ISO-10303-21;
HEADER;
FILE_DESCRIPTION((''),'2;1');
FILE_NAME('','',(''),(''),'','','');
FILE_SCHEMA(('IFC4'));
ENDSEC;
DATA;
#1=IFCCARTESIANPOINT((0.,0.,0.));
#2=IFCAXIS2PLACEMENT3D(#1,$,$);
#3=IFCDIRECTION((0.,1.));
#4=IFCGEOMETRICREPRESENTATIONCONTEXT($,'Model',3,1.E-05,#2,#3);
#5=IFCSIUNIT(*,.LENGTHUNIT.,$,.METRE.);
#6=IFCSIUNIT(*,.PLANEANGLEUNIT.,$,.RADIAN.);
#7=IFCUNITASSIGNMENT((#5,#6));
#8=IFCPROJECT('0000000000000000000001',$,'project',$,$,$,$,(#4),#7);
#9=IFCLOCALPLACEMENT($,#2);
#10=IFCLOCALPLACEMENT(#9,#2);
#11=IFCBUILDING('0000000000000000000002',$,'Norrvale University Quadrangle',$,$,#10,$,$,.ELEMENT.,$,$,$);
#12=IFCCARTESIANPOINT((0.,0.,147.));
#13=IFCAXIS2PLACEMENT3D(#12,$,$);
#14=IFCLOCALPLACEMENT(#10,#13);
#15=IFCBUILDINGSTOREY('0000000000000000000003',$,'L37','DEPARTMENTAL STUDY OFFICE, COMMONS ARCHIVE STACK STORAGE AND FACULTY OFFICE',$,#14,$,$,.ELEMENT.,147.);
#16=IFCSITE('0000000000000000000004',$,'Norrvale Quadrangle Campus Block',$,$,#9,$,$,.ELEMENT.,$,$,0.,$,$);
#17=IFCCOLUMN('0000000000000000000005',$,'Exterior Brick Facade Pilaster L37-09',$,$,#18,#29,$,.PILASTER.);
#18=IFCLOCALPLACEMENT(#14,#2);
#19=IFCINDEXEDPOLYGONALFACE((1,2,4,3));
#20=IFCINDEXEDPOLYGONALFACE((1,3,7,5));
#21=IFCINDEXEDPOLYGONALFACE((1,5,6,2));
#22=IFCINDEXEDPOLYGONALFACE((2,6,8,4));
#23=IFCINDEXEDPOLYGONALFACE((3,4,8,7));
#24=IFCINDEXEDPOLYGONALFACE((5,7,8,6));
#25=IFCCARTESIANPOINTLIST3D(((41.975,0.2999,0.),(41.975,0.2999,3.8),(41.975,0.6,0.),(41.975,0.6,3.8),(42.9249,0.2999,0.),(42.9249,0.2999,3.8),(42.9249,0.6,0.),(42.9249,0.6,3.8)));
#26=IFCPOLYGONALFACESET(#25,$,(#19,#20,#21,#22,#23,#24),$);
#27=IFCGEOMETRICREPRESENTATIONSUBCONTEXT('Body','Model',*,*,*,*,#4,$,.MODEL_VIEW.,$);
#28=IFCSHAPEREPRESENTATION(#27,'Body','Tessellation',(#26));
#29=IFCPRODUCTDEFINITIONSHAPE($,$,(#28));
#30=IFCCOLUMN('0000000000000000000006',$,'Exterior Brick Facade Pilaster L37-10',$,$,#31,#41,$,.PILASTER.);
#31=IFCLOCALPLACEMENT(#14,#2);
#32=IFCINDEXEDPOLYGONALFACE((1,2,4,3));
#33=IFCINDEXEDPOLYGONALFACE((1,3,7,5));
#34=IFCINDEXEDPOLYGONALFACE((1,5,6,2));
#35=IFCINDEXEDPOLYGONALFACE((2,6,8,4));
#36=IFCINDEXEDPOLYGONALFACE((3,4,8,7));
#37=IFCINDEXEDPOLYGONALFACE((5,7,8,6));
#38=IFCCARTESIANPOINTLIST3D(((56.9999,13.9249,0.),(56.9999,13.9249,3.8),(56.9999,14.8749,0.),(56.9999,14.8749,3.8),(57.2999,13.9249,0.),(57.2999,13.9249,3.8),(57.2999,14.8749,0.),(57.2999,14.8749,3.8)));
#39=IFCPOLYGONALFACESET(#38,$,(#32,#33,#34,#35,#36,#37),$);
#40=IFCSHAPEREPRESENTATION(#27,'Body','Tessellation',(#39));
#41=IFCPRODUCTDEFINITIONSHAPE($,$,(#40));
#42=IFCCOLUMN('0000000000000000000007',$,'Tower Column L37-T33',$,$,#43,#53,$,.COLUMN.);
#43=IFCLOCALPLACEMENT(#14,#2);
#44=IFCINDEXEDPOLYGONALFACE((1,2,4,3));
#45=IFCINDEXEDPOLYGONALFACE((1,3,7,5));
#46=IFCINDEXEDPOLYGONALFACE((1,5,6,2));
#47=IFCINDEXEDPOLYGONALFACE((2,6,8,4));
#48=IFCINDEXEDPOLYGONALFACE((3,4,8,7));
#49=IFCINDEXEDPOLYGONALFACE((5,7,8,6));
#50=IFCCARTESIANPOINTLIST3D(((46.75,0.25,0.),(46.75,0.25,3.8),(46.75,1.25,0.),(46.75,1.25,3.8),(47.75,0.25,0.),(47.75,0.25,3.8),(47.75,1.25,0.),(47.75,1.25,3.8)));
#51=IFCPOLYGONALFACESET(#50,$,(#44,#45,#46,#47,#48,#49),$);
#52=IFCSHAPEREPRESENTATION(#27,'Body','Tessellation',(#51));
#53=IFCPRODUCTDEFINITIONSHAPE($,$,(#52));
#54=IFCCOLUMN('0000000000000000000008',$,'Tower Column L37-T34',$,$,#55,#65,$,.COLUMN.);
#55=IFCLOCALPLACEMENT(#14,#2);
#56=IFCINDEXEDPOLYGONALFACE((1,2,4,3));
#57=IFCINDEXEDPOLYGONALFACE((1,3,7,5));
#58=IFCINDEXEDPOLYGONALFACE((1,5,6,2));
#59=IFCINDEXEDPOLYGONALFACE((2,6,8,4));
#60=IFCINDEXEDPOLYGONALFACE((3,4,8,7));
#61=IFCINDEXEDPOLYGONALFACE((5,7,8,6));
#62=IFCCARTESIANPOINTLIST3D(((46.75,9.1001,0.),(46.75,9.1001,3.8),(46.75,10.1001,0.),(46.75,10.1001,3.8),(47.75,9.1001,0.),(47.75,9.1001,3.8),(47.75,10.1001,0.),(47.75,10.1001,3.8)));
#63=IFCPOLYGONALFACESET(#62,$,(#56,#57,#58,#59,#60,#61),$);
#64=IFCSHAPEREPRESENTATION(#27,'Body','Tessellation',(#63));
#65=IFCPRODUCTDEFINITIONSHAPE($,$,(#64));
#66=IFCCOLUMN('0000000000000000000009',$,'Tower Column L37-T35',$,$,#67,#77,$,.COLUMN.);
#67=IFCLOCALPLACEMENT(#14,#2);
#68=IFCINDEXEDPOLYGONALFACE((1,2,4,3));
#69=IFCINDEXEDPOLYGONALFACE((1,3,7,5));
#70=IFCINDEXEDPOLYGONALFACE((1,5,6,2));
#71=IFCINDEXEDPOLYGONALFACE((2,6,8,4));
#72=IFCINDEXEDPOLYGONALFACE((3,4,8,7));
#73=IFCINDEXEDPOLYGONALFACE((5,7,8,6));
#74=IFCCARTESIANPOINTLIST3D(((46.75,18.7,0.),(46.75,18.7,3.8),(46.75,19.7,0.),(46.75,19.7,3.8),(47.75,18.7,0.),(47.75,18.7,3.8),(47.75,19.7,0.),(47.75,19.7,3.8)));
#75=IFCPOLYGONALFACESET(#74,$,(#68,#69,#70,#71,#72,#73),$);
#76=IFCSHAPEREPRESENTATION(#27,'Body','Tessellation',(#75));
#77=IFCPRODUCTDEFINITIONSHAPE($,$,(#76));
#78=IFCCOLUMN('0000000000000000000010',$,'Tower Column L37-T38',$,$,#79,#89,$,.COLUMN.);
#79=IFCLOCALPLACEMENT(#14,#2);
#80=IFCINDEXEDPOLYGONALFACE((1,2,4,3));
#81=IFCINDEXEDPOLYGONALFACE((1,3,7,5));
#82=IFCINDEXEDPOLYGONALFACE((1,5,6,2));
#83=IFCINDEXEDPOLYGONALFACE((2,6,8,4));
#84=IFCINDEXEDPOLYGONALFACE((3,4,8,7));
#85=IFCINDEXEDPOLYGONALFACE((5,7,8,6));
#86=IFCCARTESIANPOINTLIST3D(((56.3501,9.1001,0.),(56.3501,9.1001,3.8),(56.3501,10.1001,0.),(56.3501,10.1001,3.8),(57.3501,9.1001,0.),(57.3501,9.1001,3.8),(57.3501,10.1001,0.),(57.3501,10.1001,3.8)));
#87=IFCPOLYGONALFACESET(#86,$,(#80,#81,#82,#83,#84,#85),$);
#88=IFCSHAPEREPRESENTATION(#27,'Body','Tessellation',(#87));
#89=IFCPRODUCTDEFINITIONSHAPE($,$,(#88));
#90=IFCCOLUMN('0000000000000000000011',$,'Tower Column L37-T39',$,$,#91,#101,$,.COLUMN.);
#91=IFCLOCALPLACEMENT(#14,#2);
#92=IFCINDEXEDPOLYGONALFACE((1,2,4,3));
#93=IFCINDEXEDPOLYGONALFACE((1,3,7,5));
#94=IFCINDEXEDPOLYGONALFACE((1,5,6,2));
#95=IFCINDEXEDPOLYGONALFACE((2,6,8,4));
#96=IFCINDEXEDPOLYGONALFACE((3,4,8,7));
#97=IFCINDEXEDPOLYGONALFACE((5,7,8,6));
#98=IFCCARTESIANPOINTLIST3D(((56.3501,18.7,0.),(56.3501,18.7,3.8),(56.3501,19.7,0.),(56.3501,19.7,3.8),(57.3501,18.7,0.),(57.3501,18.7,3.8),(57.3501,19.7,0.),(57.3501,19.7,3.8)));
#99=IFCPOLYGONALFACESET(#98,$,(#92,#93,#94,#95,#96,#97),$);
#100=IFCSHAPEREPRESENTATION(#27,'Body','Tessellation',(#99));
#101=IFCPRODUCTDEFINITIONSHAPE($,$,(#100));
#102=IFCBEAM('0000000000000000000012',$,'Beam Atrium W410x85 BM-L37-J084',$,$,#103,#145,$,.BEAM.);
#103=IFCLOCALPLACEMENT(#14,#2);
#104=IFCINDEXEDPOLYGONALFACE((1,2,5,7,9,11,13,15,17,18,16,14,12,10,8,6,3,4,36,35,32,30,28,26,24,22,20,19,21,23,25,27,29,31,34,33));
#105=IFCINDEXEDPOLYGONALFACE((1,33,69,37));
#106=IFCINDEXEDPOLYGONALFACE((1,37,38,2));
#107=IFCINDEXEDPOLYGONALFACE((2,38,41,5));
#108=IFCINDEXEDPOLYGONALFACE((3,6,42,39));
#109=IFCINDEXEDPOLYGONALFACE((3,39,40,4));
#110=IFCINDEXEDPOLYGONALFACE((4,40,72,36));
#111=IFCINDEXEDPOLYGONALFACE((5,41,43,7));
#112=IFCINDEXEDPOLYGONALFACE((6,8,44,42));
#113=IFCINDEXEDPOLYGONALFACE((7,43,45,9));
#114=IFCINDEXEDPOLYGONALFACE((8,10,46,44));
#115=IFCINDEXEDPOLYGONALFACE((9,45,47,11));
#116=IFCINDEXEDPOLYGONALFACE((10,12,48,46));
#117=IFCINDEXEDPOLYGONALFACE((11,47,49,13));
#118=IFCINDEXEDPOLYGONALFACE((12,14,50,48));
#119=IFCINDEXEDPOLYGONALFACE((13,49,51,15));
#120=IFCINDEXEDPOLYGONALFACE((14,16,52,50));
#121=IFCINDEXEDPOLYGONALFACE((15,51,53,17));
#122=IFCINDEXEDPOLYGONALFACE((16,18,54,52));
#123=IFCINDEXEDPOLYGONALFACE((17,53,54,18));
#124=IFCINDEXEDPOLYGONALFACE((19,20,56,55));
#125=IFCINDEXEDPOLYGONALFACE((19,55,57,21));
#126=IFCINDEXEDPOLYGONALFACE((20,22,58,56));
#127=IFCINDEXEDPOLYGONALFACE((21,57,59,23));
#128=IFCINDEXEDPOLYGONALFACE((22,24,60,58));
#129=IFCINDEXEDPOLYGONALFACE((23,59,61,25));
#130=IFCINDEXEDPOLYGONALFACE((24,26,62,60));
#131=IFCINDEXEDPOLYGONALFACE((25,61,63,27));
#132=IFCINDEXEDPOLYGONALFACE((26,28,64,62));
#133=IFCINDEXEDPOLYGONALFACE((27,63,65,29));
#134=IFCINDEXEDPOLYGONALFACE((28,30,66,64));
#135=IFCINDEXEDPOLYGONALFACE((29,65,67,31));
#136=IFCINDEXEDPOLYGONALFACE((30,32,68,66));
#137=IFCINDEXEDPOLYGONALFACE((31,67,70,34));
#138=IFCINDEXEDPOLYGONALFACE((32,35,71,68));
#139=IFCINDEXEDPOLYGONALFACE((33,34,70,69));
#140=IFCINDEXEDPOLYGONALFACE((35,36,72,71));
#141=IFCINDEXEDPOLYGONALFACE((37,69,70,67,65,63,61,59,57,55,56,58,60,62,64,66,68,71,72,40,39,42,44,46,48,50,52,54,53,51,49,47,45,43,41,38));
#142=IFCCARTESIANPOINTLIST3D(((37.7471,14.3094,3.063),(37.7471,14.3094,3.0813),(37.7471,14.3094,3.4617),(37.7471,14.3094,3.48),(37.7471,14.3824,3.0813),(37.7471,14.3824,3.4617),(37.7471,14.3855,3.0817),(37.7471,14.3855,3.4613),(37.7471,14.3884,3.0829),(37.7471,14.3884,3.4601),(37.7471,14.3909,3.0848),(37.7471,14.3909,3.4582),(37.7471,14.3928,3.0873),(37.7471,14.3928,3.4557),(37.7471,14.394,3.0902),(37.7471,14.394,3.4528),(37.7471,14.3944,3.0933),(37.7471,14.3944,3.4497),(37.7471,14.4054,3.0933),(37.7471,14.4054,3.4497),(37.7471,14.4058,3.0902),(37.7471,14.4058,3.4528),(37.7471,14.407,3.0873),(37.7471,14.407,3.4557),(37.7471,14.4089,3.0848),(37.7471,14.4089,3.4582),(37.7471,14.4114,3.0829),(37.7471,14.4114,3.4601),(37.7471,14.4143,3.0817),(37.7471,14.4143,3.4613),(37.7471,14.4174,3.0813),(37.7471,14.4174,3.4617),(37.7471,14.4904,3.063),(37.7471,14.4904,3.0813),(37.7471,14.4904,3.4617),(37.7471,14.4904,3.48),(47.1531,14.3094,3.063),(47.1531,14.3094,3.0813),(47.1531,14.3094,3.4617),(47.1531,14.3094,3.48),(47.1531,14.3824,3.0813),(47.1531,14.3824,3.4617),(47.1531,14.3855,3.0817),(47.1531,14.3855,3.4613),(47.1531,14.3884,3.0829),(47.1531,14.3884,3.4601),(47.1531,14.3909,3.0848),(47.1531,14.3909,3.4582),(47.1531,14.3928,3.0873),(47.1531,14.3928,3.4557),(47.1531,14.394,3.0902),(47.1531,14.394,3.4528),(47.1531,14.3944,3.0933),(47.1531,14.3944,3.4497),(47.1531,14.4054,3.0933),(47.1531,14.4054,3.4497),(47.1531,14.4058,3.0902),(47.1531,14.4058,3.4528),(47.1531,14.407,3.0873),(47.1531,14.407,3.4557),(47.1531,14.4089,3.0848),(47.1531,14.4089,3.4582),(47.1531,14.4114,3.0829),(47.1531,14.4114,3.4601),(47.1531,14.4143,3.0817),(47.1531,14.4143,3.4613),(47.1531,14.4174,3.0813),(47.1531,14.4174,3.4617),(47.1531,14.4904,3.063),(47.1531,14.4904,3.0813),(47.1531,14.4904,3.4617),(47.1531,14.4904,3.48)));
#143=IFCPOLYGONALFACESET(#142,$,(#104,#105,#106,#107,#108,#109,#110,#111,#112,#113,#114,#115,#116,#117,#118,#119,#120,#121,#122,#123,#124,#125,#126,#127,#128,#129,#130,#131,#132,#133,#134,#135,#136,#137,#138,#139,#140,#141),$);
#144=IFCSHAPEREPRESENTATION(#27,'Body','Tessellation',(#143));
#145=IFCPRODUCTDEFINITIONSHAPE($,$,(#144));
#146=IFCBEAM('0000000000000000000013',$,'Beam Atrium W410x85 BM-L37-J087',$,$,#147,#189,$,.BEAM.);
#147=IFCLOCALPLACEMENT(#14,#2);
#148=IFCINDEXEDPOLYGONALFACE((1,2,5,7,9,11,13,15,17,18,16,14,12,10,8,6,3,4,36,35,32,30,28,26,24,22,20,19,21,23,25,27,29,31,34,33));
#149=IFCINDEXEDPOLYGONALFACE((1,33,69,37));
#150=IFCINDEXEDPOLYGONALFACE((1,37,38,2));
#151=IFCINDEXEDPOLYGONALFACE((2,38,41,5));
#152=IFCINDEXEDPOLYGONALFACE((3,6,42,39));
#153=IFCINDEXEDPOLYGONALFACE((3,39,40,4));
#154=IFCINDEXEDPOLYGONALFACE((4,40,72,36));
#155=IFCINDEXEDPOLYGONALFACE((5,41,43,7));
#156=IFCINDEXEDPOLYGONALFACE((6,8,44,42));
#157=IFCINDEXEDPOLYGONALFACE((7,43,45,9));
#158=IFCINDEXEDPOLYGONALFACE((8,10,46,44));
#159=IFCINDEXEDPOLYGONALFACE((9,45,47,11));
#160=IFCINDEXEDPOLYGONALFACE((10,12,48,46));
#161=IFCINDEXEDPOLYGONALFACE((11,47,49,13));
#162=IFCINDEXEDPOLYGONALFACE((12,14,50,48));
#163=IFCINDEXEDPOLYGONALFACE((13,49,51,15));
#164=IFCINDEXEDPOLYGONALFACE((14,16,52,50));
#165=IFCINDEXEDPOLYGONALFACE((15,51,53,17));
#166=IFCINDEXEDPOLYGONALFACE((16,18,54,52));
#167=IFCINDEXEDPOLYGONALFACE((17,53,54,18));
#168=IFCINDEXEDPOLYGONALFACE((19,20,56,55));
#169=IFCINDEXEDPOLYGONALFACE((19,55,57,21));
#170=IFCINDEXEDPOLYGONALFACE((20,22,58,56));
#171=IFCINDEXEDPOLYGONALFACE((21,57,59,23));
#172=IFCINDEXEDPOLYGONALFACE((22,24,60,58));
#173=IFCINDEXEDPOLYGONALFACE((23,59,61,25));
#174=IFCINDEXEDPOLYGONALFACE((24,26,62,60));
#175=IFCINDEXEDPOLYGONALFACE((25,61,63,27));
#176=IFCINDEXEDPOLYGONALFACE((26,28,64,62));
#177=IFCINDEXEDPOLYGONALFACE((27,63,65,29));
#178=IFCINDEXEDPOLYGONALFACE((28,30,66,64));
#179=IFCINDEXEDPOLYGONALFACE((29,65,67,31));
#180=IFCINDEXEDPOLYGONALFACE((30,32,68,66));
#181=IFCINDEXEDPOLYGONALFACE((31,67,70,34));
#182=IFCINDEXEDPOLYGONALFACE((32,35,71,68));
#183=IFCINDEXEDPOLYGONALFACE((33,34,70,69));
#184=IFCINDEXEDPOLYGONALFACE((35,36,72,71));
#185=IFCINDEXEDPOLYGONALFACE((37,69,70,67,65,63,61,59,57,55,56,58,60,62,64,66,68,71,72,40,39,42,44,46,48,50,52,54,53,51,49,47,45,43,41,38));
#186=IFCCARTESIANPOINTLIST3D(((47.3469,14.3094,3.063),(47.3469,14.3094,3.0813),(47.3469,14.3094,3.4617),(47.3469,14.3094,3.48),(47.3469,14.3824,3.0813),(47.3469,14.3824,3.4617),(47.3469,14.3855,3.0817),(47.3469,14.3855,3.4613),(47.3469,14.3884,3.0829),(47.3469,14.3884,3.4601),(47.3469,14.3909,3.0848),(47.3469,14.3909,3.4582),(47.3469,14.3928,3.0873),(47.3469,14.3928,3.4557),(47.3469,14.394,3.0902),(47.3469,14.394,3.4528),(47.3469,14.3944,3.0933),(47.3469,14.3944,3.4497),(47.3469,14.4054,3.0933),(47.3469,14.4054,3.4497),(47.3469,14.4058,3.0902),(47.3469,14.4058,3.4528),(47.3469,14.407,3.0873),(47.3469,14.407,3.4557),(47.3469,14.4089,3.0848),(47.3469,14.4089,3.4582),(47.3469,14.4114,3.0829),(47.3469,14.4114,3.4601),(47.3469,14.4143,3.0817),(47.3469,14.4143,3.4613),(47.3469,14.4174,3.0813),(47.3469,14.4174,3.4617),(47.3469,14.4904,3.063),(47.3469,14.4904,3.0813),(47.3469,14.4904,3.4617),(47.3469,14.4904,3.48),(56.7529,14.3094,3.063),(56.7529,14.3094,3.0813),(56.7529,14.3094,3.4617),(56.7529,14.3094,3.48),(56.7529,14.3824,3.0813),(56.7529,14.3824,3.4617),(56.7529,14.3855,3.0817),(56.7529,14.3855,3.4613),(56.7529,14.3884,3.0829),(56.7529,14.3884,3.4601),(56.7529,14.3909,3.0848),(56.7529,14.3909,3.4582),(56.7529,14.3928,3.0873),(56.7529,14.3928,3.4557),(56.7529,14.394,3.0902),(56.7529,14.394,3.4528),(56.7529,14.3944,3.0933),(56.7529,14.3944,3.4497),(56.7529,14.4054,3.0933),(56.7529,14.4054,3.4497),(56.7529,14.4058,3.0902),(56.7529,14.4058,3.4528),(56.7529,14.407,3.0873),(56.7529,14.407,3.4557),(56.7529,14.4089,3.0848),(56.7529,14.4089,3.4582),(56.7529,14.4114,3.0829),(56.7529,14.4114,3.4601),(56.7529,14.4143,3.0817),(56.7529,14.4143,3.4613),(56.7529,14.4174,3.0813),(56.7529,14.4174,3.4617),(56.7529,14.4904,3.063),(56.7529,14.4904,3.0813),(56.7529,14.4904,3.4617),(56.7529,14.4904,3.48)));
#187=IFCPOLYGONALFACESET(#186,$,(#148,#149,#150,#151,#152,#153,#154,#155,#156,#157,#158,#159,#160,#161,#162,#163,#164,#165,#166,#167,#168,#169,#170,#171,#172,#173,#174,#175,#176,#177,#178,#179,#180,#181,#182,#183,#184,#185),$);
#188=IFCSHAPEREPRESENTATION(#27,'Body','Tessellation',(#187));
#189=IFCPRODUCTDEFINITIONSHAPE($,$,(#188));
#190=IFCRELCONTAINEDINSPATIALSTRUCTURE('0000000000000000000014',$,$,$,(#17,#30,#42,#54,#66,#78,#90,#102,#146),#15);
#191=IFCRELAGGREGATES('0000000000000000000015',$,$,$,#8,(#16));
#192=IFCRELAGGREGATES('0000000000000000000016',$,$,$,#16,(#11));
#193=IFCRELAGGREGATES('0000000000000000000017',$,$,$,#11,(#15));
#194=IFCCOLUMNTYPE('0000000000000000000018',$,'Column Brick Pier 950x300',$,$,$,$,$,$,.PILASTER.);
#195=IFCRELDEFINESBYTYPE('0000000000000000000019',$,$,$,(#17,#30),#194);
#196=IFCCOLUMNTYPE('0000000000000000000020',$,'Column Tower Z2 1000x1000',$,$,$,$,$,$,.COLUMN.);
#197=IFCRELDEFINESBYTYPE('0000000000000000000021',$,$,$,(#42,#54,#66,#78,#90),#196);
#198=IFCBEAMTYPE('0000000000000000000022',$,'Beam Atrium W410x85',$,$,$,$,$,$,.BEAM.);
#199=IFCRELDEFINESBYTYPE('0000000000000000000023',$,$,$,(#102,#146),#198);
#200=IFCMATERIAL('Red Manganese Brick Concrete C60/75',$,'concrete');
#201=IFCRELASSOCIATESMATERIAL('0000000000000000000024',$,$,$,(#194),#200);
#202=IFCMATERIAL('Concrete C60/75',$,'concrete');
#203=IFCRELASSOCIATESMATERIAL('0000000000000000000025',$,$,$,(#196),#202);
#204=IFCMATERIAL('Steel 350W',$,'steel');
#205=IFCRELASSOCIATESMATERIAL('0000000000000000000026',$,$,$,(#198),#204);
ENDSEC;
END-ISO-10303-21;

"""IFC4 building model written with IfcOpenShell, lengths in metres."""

from ifc_helpers import new_model, si_unit, direction, frame, origin, origin_2d, place, context, subcontext, project, spatial, rectangle, i_section, extrude, material, material_profile, profile_set, type_object, element, save


model = new_model("IFC4")

# Units and contexts
model_context = context("Model", 3, precision=1e-05, world=origin(), true_north=direction((0.0, 1.0)))
body_context = subcontext(model_context, "Body", "Model", "MODEL_VIEW")
ifc_project = project(units=[si_unit("LENGTHUNIT", "METRE"), si_unit("PLANEANGLEUNIT", "RADIAN")], contexts=[model_context])

# Site, building, storey
site_placement = place(None, origin())
site = spatial("IfcSite", under=ifc_project, at=site_placement, Name="Norrvale Quadrangle Campus Block", CompositionType="ELEMENT", RefElevation=0.0)
building_placement = place(site_placement, origin())
building = spatial("IfcBuilding", under=site, at=building_placement, Name="Norrvale University Quadrangle", CompositionType="ELEMENT")
storey_placement = place(building_placement, frame((0.0, 0.0, 147.0)))
storey = spatial("IfcBuildingStorey", under=building, at=storey_placement, Name="L37", Description="DEPARTMENTAL STUDY OFFICE, COMMONS ARCHIVE STACK STORAGE AND FACULTY OFFICE", CompositionType="ELEMENT", Elevation=147.0)

# Columns
ifc_material_1 = material(Name="Red Manganese Brick Concrete C60/75", Category="concrete")
ifc_material_profile_1 = material_profile(ifc_material_1, rectangle(XDim=0.95, YDim=0.3, at=origin_2d()), Name="Red Manganese Brick Concrete C60/75")
ifc_profile_set_1 = profile_set([ifc_material_profile_1], Name="Red Manganese Brick Concrete C60/75")
column_type_1 = type_object("IfcColumnType", Name="Column Brick Pier 950x300", PredefinedType="PILASTER", material=ifc_profile_set_1)
for number, where, z_axis, x_axis, name in (
    (1, (42.45, 0.45, 0.0), (0.0, 0.0, 1.0), (1.0, 0.0, 0.0), "Exterior Brick Facade Pilaster L37-09"),
    (2, (57.1499, 14.3999, 0.0), (0.0, 0.0, 1.0), (0.0, 1.0, 0.0), "Exterior Brick Facade Pilaster L37-10"),
):
    element("IfcColumn", number, at=place(storey_placement, frame(where, z_axis=z_axis, x_axis=x_axis)), inside=storey, type_object=column_type_1, Name=name, PredefinedType="PILASTER", context=body_context, shape_type="SweptSolid", body=[
        extrude(rectangle(XDim=0.95, YDim=0.3, at=origin_2d()), origin(), (0.0, 0.0, 1.0), 3.8),
    ])
ifc_material_2 = material(Name="Concrete C60/75", Category="concrete")
ifc_material_profile_2 = material_profile(ifc_material_2, rectangle(XDim=1.0, YDim=1.0, at=origin_2d()), Name="Concrete C60/75")
ifc_profile_set_2 = profile_set([ifc_material_profile_2], Name="Concrete C60/75")
column_type_2 = type_object("IfcColumnType", Name="Column Tower Z2 1000x1000", PredefinedType="COLUMN", material=ifc_profile_set_2)
for number, where, z_axis, x_axis, name in (
    (3, (47.25, 0.75, 0.0), (0.0, 0.0, 1.0), (1.0, 0.0, 0.0), "Tower Column L37-T33"),
    (4, (47.25, 9.6001, 0.0), (0.0, 0.0, 1.0), (1.0, 0.0, 0.0), "Tower Column L37-T34"),
    (5, (47.25, 19.2, 0.0), (0.0, 0.0, 1.0), (1.0, 0.0, 0.0), "Tower Column L37-T35"),
    (6, (56.8501, 9.6001, 0.0), (0.0, 0.0, 1.0), (1.0, 0.0, 0.0), "Tower Column L37-T38"),
    (7, (56.8501, 19.2, 0.0), (0.0, 0.0, 1.0), (1.0, 0.0, 0.0), "Tower Column L37-T39"),
):
    element("IfcColumn", number, at=place(storey_placement, frame(where, z_axis=z_axis, x_axis=x_axis)), inside=storey, type_object=column_type_2, Name=name, PredefinedType="COLUMN", context=body_context, shape_type="SweptSolid", body=[
        extrude(rectangle(XDim=1.0, YDim=1.0, at=origin_2d()), origin(), (0.0, 0.0, 1.0), 3.8),
    ])

# Beams
ifc_material_3 = material(Name="Steel 350W", Category="steel")
ifc_material_profile_3 = material_profile(ifc_material_3, i_section(OverallWidth=0.1809, OverallDepth=0.417, WebThickness=0.011, FlangeThickness=0.0183, FilletRadius=0.012, at=origin_2d()), Name="Steel 350W")
ifc_profile_set_3 = profile_set([ifc_material_profile_3], Name="Steel 350W")
beam_type_1 = type_object("IfcBeamType", Name="Beam Atrium W410x85", PredefinedType="BEAM", material=ifc_profile_set_3)
for number, where, z_axis, x_axis, name in (
    (8, (37.7471, 14.3999, 3.2715), (1.0, 0.0, 0.0), (0.0, 1.0, 0.0), "Beam Atrium W410x85 BM-L37-J084"),
    (9, (47.3469, 14.3999, 3.2715), (1.0, 0.0, 0.0), (0.0, 1.0, 0.0), "Beam Atrium W410x85 BM-L37-J087"),
):
    element("IfcBeam", number, at=place(storey_placement, frame(where, z_axis=z_axis, x_axis=x_axis)), inside=storey, type_object=beam_type_1, Name=name, PredefinedType="BEAM", context=body_context, shape_type="SweptSolid", body=[
        extrude(i_section(OverallWidth=0.1809, OverallDepth=0.417, WebThickness=0.011, FlangeThickness=0.0183, FilletRadius=0.012, at=origin_2d()), origin(), (0.0, 0.0, 1.0), 9.406),
    ])

save(model, "model.ifc")
